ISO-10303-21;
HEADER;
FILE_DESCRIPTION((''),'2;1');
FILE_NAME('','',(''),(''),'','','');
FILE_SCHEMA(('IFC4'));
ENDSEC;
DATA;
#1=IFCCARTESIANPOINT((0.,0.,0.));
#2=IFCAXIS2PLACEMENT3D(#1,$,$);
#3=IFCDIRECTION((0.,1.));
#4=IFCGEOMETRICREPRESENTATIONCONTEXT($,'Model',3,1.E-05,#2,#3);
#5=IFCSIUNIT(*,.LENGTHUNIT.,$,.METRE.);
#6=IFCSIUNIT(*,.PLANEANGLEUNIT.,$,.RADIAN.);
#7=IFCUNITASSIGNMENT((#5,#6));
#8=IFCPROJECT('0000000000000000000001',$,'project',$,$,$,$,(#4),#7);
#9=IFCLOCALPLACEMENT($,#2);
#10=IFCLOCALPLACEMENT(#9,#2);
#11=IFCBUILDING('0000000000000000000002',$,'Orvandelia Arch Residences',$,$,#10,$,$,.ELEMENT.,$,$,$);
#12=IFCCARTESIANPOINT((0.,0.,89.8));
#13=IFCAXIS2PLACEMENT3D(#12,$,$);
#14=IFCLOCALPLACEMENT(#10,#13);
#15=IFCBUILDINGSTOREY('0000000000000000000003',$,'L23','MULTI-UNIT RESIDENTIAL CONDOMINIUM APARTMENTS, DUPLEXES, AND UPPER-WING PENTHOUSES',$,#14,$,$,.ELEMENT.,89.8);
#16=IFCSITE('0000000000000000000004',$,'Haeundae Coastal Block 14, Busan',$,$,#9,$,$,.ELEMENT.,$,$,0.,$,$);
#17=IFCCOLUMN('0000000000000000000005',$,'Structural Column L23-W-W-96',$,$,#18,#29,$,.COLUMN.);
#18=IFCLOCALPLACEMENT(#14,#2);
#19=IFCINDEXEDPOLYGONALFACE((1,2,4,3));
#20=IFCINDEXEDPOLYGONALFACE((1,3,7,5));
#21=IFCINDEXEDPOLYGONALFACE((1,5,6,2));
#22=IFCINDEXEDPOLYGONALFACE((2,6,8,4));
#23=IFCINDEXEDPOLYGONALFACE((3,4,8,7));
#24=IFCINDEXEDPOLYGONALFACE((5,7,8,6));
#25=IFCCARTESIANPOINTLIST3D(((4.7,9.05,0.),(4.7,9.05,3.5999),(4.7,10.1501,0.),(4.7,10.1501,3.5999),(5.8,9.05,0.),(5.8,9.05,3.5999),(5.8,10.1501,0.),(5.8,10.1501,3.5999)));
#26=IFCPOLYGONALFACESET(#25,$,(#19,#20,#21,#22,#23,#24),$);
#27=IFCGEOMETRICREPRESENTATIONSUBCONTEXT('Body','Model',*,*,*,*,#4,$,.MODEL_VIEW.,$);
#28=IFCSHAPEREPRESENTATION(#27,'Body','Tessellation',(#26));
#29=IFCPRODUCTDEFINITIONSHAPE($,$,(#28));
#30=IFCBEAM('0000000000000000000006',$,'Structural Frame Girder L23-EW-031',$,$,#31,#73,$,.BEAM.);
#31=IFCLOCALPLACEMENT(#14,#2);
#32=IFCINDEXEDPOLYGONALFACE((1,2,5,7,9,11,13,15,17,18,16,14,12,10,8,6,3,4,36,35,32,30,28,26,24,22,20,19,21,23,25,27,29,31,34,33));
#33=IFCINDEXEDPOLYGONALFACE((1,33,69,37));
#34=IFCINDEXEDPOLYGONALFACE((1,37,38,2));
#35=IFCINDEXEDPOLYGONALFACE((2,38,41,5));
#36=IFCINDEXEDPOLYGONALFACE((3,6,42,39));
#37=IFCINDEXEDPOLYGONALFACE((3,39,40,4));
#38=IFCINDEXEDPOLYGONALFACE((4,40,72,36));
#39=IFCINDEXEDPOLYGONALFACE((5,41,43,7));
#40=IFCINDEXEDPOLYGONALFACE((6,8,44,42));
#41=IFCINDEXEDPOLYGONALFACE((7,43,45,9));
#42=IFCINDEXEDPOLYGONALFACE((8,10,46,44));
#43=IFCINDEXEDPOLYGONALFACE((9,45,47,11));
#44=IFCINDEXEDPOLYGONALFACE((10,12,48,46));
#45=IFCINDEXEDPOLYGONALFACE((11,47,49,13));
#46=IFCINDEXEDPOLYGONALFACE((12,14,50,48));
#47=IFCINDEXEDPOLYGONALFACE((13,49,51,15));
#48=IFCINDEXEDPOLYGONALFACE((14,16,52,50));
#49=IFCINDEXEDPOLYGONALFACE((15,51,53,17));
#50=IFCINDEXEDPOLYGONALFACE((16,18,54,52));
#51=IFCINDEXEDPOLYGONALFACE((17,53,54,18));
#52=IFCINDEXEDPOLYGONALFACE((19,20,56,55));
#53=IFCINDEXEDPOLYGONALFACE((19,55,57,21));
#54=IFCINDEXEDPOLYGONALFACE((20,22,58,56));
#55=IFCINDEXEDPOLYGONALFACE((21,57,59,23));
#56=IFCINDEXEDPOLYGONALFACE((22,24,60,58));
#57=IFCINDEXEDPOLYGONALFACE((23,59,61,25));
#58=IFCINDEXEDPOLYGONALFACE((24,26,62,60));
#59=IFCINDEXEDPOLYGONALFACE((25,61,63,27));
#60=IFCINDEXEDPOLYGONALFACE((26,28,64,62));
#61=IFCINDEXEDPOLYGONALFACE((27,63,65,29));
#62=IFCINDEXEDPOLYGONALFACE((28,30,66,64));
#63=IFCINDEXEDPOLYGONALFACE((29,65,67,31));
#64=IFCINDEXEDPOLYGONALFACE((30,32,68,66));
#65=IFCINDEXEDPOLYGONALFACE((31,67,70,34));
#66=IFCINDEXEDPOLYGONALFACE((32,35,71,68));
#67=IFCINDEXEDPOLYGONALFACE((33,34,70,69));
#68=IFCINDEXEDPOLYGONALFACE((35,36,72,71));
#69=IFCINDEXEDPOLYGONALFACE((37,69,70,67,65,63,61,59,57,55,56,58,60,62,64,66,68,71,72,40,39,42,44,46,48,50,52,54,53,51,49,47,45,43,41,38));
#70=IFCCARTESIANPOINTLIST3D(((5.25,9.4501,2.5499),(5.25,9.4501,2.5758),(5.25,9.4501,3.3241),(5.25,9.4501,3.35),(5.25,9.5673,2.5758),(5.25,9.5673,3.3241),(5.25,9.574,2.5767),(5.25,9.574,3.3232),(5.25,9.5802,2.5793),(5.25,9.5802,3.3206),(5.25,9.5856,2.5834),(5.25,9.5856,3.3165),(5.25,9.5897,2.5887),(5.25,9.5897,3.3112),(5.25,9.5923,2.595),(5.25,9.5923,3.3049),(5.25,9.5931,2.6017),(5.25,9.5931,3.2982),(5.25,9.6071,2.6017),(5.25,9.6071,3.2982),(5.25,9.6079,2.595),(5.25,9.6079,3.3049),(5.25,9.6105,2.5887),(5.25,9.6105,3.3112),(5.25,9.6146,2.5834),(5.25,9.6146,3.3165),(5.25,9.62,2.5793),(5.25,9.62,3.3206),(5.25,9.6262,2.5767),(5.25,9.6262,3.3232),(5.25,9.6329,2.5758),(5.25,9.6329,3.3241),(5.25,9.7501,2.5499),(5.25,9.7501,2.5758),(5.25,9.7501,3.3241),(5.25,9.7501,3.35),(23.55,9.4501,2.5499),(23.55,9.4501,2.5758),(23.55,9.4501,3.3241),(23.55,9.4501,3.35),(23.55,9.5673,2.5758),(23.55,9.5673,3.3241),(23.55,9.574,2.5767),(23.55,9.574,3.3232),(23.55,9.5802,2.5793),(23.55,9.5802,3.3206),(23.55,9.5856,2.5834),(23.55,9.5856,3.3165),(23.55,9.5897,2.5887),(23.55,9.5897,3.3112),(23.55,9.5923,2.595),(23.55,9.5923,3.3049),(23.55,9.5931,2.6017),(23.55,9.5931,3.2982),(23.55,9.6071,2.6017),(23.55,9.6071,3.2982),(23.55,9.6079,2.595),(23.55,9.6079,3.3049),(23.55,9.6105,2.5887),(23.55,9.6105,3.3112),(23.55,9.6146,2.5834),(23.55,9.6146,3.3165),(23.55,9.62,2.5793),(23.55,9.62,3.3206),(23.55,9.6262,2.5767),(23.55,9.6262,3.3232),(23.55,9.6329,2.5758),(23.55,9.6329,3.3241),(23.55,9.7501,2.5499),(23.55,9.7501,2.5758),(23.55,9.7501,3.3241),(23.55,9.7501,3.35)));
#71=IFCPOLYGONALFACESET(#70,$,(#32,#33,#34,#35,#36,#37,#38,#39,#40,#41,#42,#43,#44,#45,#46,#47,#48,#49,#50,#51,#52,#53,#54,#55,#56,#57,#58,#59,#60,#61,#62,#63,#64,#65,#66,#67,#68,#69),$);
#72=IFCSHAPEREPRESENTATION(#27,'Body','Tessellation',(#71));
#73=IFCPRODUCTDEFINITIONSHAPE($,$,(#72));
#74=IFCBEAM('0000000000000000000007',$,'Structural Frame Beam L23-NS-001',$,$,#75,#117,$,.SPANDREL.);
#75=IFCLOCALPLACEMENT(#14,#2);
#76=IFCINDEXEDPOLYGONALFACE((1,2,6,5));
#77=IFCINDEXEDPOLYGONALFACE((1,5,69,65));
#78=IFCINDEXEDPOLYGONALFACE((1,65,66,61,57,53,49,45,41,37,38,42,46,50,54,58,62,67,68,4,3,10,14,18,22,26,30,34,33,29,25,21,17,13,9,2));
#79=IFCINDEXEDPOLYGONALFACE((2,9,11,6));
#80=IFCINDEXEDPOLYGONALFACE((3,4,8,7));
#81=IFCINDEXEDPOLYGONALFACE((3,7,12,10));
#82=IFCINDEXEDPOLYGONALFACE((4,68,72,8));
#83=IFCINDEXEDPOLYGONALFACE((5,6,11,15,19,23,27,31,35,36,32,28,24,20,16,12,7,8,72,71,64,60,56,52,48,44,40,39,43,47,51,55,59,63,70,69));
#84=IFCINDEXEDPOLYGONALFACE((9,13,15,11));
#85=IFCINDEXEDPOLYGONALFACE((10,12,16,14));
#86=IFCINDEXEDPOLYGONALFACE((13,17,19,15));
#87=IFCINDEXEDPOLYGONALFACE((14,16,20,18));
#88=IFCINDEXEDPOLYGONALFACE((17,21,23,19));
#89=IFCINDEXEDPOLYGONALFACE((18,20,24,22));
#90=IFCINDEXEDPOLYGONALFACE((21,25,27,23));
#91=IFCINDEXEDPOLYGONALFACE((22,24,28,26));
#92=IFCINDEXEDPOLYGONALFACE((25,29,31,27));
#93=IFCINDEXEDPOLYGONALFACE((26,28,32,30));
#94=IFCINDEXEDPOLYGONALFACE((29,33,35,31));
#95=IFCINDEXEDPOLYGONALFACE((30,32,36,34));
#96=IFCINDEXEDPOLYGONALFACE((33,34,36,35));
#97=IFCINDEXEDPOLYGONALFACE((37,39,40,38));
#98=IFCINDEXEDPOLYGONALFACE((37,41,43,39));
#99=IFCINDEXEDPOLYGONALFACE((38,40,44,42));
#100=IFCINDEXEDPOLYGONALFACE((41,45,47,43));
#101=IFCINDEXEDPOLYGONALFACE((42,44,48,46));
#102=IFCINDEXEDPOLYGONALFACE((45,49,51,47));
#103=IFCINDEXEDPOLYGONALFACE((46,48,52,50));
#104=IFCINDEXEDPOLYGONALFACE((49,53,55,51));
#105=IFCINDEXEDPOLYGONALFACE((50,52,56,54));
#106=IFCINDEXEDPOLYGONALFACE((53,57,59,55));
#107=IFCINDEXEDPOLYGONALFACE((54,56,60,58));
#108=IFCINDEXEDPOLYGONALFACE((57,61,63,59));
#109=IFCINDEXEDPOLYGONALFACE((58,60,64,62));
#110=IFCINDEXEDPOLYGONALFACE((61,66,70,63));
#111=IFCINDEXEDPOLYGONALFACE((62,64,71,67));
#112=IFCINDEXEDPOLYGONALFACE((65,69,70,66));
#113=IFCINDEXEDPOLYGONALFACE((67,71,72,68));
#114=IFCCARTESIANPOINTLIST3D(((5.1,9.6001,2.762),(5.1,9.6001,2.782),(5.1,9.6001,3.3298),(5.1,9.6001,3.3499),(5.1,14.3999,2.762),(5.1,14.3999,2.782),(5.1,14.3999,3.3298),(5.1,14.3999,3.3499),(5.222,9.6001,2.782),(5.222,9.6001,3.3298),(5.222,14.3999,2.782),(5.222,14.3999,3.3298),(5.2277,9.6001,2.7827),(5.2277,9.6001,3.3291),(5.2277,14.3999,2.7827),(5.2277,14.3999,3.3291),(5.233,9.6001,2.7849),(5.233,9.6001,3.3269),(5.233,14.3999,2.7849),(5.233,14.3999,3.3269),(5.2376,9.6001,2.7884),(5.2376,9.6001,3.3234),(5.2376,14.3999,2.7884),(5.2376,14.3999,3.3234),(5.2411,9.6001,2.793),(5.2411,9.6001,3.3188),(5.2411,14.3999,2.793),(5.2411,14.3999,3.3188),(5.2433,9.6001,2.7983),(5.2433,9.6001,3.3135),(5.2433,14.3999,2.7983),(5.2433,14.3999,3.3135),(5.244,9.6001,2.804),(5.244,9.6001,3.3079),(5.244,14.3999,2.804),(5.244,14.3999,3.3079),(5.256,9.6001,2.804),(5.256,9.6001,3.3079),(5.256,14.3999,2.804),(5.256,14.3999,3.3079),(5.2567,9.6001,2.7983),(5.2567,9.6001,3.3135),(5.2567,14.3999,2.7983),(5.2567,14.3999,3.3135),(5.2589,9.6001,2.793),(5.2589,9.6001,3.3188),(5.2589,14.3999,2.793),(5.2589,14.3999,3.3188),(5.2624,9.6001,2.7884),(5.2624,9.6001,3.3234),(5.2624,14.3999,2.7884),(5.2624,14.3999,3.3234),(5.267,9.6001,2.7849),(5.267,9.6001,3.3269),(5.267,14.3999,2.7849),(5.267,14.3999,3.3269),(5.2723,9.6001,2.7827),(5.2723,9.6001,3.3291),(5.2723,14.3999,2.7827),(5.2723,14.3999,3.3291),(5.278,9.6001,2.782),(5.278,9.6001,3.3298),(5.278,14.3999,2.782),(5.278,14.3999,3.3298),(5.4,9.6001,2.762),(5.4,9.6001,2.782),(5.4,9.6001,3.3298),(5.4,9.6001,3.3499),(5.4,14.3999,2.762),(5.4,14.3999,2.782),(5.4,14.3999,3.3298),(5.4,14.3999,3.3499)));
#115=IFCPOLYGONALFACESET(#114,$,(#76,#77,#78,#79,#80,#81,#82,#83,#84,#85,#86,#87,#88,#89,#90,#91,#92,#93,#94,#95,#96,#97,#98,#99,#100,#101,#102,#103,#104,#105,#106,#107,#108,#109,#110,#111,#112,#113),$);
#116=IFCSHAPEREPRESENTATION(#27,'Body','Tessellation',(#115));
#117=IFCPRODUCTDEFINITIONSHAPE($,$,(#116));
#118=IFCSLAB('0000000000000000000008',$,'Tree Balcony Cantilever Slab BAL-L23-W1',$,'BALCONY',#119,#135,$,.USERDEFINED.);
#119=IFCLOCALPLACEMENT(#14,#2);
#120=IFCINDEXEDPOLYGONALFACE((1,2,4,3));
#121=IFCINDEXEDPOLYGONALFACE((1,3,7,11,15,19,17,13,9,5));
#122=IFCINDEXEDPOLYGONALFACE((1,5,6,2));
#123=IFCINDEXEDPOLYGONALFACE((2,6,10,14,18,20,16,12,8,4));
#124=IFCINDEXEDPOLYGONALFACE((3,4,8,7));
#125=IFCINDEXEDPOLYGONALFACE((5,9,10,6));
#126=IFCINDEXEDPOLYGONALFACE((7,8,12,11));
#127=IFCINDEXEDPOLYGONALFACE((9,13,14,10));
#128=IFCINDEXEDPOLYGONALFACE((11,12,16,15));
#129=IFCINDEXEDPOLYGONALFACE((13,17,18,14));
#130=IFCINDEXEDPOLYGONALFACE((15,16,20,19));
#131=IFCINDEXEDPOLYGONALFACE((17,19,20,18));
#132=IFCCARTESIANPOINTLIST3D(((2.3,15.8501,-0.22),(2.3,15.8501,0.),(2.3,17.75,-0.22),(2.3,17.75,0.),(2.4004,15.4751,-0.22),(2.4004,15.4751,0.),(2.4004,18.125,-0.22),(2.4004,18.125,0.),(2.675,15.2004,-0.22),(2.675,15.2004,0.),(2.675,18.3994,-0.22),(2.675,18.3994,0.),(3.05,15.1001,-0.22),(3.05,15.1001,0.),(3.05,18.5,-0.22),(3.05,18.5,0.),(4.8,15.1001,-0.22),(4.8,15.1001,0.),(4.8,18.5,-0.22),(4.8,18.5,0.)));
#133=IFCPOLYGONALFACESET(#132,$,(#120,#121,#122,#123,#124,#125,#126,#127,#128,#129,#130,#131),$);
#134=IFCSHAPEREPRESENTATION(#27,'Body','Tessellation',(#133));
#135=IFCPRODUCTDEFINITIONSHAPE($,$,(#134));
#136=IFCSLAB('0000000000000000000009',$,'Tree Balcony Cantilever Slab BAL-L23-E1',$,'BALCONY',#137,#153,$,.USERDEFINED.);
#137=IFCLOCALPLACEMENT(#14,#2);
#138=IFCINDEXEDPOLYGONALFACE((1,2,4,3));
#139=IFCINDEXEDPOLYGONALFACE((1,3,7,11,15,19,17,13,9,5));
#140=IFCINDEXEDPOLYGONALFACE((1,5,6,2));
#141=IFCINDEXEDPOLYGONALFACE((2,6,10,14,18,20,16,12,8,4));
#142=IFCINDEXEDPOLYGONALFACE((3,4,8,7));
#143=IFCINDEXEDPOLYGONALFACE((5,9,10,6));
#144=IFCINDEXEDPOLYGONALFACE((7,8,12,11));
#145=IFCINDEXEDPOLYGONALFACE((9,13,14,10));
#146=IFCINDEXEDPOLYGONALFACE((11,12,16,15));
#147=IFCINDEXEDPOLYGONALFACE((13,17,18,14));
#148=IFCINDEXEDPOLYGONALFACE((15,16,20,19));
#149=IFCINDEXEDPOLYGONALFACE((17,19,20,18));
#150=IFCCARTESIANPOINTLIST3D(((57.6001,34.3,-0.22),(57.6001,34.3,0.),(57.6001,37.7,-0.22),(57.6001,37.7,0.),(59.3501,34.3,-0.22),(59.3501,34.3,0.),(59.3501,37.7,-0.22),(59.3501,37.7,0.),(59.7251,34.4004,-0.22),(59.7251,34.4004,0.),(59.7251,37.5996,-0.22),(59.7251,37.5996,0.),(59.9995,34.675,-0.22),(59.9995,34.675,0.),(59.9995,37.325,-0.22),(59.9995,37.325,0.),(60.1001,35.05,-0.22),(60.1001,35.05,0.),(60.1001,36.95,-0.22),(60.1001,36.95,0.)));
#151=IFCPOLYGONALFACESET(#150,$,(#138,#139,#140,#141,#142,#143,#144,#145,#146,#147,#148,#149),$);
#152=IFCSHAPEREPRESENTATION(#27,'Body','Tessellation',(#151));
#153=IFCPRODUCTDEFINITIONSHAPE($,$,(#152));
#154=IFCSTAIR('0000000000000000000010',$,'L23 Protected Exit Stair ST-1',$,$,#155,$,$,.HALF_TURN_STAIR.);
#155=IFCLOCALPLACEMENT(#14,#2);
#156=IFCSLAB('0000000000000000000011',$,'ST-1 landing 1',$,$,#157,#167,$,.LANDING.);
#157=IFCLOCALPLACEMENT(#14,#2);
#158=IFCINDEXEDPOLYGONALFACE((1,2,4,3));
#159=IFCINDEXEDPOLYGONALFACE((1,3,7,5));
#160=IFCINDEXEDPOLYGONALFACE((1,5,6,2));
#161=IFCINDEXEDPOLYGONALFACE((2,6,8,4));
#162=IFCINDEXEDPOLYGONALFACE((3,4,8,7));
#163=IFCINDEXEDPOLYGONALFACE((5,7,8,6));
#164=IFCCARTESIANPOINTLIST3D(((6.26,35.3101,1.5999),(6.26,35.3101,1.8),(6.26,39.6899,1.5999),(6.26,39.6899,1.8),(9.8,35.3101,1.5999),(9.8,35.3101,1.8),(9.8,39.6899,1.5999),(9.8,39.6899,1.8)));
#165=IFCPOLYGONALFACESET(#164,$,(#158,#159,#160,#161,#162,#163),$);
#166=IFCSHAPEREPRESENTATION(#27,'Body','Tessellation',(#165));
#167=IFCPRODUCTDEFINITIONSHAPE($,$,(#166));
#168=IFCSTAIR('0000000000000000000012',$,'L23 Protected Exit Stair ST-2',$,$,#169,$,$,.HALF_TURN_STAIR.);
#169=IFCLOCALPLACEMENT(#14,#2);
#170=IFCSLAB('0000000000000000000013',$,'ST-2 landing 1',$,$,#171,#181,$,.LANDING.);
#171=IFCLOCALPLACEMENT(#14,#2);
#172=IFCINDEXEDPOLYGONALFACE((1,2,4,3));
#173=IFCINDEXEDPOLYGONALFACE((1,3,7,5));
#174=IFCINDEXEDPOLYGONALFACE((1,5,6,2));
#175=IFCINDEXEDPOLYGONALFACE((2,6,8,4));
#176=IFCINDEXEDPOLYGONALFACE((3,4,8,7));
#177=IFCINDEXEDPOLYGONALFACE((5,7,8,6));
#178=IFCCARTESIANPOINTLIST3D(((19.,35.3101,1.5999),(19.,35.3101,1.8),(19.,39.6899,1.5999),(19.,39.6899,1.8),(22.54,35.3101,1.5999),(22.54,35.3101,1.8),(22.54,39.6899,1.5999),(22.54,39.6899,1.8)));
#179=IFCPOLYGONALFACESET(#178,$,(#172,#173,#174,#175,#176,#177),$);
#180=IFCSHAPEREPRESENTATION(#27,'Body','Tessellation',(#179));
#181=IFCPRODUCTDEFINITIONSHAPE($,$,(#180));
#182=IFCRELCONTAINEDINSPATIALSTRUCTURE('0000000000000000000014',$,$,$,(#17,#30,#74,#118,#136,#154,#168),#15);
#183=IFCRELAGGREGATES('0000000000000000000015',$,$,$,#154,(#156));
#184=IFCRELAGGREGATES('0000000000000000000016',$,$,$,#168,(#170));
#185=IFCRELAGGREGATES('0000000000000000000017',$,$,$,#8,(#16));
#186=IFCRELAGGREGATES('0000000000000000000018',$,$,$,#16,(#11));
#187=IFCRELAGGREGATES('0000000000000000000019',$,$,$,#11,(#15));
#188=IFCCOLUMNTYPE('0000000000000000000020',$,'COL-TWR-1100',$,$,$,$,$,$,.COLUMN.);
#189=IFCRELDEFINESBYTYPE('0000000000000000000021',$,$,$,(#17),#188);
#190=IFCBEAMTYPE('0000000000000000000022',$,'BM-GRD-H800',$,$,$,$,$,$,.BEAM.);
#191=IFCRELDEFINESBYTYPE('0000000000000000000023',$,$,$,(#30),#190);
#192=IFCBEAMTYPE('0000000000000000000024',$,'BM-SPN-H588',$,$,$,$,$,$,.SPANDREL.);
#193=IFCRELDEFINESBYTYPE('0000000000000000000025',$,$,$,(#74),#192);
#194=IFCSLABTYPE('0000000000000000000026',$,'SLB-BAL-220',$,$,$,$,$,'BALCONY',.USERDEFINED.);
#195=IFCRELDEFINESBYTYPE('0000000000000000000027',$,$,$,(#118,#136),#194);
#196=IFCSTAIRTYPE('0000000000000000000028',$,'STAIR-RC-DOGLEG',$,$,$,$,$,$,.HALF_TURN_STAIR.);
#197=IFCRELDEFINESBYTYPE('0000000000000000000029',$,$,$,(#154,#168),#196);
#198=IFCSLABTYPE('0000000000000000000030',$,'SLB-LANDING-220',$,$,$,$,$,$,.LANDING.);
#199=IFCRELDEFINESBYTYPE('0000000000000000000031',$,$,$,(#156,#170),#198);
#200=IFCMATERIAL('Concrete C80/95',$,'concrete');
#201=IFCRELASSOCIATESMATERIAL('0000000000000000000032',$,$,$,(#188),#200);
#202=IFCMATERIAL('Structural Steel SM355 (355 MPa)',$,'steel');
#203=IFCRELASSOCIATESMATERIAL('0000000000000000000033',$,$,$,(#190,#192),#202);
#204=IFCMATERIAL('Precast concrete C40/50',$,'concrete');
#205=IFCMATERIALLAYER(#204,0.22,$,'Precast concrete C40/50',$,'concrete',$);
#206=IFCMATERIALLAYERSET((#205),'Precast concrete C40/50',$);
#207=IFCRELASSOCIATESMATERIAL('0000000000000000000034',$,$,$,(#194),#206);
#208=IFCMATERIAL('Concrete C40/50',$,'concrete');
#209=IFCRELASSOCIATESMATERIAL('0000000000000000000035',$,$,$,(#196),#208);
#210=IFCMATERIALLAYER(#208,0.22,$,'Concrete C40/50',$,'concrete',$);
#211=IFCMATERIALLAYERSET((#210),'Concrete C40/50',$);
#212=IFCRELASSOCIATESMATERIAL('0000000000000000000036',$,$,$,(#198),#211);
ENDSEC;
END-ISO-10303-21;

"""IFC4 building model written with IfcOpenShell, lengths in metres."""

from ifc_helpers import new_model, si_unit, direction, frame, origin, origin_2d, place, context, subcontext, project, spatial, polyline, rectangle, i_section, outline, extrude, material, layer, layer_set, material_profile, profile_set, type_object, element, aggregate, save


model = new_model("IFC4")

# Units and contexts
model_context = context("Model", 3, precision=1e-05, world=origin(), true_north=direction((0.0, 1.0)))
body_context = subcontext(model_context, "Body", "Model", "MODEL_VIEW")
ifc_project = project(units=[si_unit("LENGTHUNIT", "METRE"), si_unit("PLANEANGLEUNIT", "RADIAN")], contexts=[model_context])

# Site, building, storey
site_placement = place(None, origin())
site = spatial("IfcSite", under=ifc_project, at=site_placement, Name="Haeundae Coastal Block 14, Busan", CompositionType="ELEMENT", RefElevation=0.0)
building_placement = place(site_placement, origin())
building = spatial("IfcBuilding", under=site, at=building_placement, Name="Orvandelia Arch Residences", CompositionType="ELEMENT")
storey_placement = place(building_placement, frame((0.0, 0.0, 89.8)))
storey = spatial("IfcBuildingStorey", under=building, at=storey_placement, Name="L23", Description="MULTI-UNIT RESIDENTIAL CONDOMINIUM APARTMENTS, DUPLEXES, AND UPPER-WING PENTHOUSES", CompositionType="ELEMENT", Elevation=89.8)

# Column
ifc_material_1 = material(Name="Concrete C80/95", Category="concrete")
ifc_material_profile_1 = material_profile(ifc_material_1, rectangle(XDim=1.1001, YDim=1.1001, at=origin_2d()), Name="Concrete C80/95", Category="concrete")
ifc_profile_set_1 = profile_set([ifc_material_profile_1], Name="Concrete C80/95")
column_type = type_object("IfcColumnType", Name="COL-TWR-1100", PredefinedType="COLUMN", material=ifc_profile_set_1)
column_placement = place(storey_placement, frame((5.25, 9.6001, 0.0), z_axis=(0.0, 0.0, 1.0), x_axis=(1.0, 0.0, 0.0)))
element("IfcColumn", 1, at=column_placement, inside=storey, type_object=column_type, Name="Structural Column L23-W-W-96", PredefinedType="COLUMN", context=body_context, shape_type="SweptSolid", body=[
    extrude(rectangle(XDim=1.1001, YDim=1.1001, at=origin_2d()), origin(), (0.0, 0.0, 1.0), 3.5999),
])

# Beams
ifc_material_2 = material(Name="Structural Steel SM355 (355 MPa)", Category="steel")
ifc_material_profile_2 = material_profile(ifc_material_2, i_section(OverallWidth=0.3, OverallDepth=0.8, WebThickness=0.0139, FlangeThickness=0.0259, FilletRadius=0.0259, at=origin_2d()), Name="Structural Steel SM355 (355 MPa)", Category="steel")
ifc_profile_set_2 = profile_set([ifc_material_profile_2], Name="Structural Steel SM355 (355 MPa)")
beam_type_1 = type_object("IfcBeamType", Name="BM-GRD-H800", PredefinedType="BEAM", material=ifc_profile_set_2)
beam_1_placement = place(storey_placement, frame((5.25, 9.6001, 2.95), z_axis=(1.0, 0.0, 0.0), x_axis=(0.0, 1.0, 0.0)))
element("IfcBeam", 2, at=beam_1_placement, inside=storey, type_object=beam_type_1, Name="Structural Frame Girder L23-EW-031", PredefinedType="BEAM", context=body_context, shape_type="SweptSolid", body=[
    extrude(i_section(OverallWidth=0.3, OverallDepth=0.8, WebThickness=0.0139, FlangeThickness=0.0259, FilletRadius=0.0259, at=origin_2d()), origin(), (0.0, 0.0, 1.0), 18.3),
])
ifc_material_profile_3 = material_profile(ifc_material_2, i_section(OverallWidth=0.3, OverallDepth=0.5879, WebThickness=0.012, FlangeThickness=0.02, FilletRadius=0.022, at=origin_2d()), Name="Structural Steel SM355 (355 MPa)", Category="steel")
ifc_profile_set_3 = profile_set([ifc_material_profile_3], Name="Structural Steel SM355 (355 MPa)")
beam_type_2 = type_object("IfcBeamType", Name="BM-SPN-H588", PredefinedType="SPANDREL", material=ifc_profile_set_3)
beam_2_placement = place(storey_placement, frame((5.25, 9.6001, 3.0559), z_axis=(0.0, 1.0, 0.0), x_axis=(-1.0, 0.0, 0.0)))
element("IfcBeam", 3, at=beam_2_placement, inside=storey, type_object=beam_type_2, Name="Structural Frame Beam L23-NS-001", PredefinedType="SPANDREL", context=body_context, shape_type="SweptSolid", body=[
    extrude(i_section(OverallWidth=0.3, OverallDepth=0.5879, WebThickness=0.012, FlangeThickness=0.02, FilletRadius=0.022, at=origin_2d()), origin(), (0.0, 0.0, 1.0), 4.7998),
])

# Slabs
ifc_material_3 = material(Name="Precast concrete C40/50", Category="concrete")
ifc_layer_1 = layer(ifc_material_3, 0.22, Name="Precast concrete C40/50", Category="concrete")
ifc_layer_set_1 = layer_set([ifc_layer_1], Name="Precast concrete C40/50")
slab_type_1 = type_object("IfcSlabType", Name="SLB-BAL-220", ElementType="BALCONY", PredefinedType="USERDEFINED", material=ifc_layer_set_1)
slab_1_placement = place(storey_placement, frame((0.0, 0.0, -0.22)))
element("IfcSlab", 4, at=slab_1_placement, inside=storey, type_object=slab_type_1, Name="Tree Balcony Cantilever Slab BAL-L23-W1", ObjectType="BALCONY", PredefinedType="USERDEFINED", context=body_context, shape_type="SweptSolid", body=[
    extrude(outline(polyline([(4.8, 15.1001), (4.8, 18.5), (3.05, 18.5), (2.675, 18.3994), (2.4004, 18.125), (2.3, 17.75), (2.3, 15.8501), (2.4004, 15.4751), (2.675, 15.2004), (3.05, 15.1001), (4.8, 15.1001)])), origin(), (0.0, 0.0, 1.0), 0.22),
])
slab_2_placement = place(storey_placement, frame((0.0, 0.0, -0.22)))
element("IfcSlab", 5, at=slab_2_placement, inside=storey, type_object=slab_type_1, Name="Tree Balcony Cantilever Slab BAL-L23-E1", ObjectType="BALCONY", PredefinedType="USERDEFINED", context=body_context, shape_type="SweptSolid", body=[
    extrude(outline(polyline([(57.6001, 37.7), (57.6001, 34.3), (59.3501, 34.3), (59.7251, 34.4004), (59.9995, 34.675), (60.1001, 35.05), (60.1001, 36.95), (59.9995, 37.325), (59.7251, 37.5996), (59.3501, 37.7), (57.6001, 37.7)])), origin(), (0.0, 0.0, 1.0), 0.22),
])

# Stairs, slabs
ifc_material_4 = material(Name="Concrete C40/50", Category="concrete")
stair_type = type_object("IfcStairType", Name="STAIR-RC-DOGLEG", PredefinedType="HALF_TURN_STAIR", material=ifc_material_4)
stair_1_placement = place(storey_placement, origin())
stair_1 = element("IfcStair", 6, at=stair_1_placement, inside=storey, type_object=stair_type, Name="L23 Protected Exit Stair ST-1", PredefinedType="HALF_TURN_STAIR")
ifc_layer_2 = layer(ifc_material_4, 0.22, Name="Concrete C40/50", Category="concrete")
ifc_layer_set_2 = layer_set([ifc_layer_2], Name="Concrete C40/50")
slab_type_2 = type_object("IfcSlabType", Name="SLB-LANDING-220", PredefinedType="LANDING", material=ifc_layer_set_2)
slab_3_placement = place(storey_placement, frame((0.0, 0.0, 1.5999)))
slab_3 = element("IfcSlab", 7, at=slab_3_placement, type_object=slab_type_2, Name="ST-1 landing 1", PredefinedType="LANDING", context=body_context, shape_type="SweptSolid", body=[
    extrude(outline(polyline([(9.8, 35.3101), (9.8, 39.6899), (6.26, 39.6899), (6.26, 35.3101), (9.8, 35.3101)])), origin(), (0.0, 0.0, 1.0), 0.2002),
])
aggregate(stair_1, [slab_3])
stair_2_placement = place(storey_placement, origin())
stair_2 = element("IfcStair", 8, at=stair_2_placement, inside=storey, type_object=stair_type, Name="L23 Protected Exit Stair ST-2", PredefinedType="HALF_TURN_STAIR")
slab_4_placement = place(storey_placement, frame((0.0, 0.0, 1.5999)))
slab_4 = element("IfcSlab", 9, at=slab_4_placement, type_object=slab_type_2, Name="ST-2 landing 1", PredefinedType="LANDING", context=body_context, shape_type="SweptSolid", body=[
    extrude(outline(polyline([(22.54, 35.3101), (22.54, 39.6899), (19.0, 39.6899), (19.0, 35.3101), (22.54, 35.3101)])), origin(), (0.0, 0.0, 1.0), 0.2002),
])
aggregate(stair_2, [slab_4])

save(model, "model.ifc")
